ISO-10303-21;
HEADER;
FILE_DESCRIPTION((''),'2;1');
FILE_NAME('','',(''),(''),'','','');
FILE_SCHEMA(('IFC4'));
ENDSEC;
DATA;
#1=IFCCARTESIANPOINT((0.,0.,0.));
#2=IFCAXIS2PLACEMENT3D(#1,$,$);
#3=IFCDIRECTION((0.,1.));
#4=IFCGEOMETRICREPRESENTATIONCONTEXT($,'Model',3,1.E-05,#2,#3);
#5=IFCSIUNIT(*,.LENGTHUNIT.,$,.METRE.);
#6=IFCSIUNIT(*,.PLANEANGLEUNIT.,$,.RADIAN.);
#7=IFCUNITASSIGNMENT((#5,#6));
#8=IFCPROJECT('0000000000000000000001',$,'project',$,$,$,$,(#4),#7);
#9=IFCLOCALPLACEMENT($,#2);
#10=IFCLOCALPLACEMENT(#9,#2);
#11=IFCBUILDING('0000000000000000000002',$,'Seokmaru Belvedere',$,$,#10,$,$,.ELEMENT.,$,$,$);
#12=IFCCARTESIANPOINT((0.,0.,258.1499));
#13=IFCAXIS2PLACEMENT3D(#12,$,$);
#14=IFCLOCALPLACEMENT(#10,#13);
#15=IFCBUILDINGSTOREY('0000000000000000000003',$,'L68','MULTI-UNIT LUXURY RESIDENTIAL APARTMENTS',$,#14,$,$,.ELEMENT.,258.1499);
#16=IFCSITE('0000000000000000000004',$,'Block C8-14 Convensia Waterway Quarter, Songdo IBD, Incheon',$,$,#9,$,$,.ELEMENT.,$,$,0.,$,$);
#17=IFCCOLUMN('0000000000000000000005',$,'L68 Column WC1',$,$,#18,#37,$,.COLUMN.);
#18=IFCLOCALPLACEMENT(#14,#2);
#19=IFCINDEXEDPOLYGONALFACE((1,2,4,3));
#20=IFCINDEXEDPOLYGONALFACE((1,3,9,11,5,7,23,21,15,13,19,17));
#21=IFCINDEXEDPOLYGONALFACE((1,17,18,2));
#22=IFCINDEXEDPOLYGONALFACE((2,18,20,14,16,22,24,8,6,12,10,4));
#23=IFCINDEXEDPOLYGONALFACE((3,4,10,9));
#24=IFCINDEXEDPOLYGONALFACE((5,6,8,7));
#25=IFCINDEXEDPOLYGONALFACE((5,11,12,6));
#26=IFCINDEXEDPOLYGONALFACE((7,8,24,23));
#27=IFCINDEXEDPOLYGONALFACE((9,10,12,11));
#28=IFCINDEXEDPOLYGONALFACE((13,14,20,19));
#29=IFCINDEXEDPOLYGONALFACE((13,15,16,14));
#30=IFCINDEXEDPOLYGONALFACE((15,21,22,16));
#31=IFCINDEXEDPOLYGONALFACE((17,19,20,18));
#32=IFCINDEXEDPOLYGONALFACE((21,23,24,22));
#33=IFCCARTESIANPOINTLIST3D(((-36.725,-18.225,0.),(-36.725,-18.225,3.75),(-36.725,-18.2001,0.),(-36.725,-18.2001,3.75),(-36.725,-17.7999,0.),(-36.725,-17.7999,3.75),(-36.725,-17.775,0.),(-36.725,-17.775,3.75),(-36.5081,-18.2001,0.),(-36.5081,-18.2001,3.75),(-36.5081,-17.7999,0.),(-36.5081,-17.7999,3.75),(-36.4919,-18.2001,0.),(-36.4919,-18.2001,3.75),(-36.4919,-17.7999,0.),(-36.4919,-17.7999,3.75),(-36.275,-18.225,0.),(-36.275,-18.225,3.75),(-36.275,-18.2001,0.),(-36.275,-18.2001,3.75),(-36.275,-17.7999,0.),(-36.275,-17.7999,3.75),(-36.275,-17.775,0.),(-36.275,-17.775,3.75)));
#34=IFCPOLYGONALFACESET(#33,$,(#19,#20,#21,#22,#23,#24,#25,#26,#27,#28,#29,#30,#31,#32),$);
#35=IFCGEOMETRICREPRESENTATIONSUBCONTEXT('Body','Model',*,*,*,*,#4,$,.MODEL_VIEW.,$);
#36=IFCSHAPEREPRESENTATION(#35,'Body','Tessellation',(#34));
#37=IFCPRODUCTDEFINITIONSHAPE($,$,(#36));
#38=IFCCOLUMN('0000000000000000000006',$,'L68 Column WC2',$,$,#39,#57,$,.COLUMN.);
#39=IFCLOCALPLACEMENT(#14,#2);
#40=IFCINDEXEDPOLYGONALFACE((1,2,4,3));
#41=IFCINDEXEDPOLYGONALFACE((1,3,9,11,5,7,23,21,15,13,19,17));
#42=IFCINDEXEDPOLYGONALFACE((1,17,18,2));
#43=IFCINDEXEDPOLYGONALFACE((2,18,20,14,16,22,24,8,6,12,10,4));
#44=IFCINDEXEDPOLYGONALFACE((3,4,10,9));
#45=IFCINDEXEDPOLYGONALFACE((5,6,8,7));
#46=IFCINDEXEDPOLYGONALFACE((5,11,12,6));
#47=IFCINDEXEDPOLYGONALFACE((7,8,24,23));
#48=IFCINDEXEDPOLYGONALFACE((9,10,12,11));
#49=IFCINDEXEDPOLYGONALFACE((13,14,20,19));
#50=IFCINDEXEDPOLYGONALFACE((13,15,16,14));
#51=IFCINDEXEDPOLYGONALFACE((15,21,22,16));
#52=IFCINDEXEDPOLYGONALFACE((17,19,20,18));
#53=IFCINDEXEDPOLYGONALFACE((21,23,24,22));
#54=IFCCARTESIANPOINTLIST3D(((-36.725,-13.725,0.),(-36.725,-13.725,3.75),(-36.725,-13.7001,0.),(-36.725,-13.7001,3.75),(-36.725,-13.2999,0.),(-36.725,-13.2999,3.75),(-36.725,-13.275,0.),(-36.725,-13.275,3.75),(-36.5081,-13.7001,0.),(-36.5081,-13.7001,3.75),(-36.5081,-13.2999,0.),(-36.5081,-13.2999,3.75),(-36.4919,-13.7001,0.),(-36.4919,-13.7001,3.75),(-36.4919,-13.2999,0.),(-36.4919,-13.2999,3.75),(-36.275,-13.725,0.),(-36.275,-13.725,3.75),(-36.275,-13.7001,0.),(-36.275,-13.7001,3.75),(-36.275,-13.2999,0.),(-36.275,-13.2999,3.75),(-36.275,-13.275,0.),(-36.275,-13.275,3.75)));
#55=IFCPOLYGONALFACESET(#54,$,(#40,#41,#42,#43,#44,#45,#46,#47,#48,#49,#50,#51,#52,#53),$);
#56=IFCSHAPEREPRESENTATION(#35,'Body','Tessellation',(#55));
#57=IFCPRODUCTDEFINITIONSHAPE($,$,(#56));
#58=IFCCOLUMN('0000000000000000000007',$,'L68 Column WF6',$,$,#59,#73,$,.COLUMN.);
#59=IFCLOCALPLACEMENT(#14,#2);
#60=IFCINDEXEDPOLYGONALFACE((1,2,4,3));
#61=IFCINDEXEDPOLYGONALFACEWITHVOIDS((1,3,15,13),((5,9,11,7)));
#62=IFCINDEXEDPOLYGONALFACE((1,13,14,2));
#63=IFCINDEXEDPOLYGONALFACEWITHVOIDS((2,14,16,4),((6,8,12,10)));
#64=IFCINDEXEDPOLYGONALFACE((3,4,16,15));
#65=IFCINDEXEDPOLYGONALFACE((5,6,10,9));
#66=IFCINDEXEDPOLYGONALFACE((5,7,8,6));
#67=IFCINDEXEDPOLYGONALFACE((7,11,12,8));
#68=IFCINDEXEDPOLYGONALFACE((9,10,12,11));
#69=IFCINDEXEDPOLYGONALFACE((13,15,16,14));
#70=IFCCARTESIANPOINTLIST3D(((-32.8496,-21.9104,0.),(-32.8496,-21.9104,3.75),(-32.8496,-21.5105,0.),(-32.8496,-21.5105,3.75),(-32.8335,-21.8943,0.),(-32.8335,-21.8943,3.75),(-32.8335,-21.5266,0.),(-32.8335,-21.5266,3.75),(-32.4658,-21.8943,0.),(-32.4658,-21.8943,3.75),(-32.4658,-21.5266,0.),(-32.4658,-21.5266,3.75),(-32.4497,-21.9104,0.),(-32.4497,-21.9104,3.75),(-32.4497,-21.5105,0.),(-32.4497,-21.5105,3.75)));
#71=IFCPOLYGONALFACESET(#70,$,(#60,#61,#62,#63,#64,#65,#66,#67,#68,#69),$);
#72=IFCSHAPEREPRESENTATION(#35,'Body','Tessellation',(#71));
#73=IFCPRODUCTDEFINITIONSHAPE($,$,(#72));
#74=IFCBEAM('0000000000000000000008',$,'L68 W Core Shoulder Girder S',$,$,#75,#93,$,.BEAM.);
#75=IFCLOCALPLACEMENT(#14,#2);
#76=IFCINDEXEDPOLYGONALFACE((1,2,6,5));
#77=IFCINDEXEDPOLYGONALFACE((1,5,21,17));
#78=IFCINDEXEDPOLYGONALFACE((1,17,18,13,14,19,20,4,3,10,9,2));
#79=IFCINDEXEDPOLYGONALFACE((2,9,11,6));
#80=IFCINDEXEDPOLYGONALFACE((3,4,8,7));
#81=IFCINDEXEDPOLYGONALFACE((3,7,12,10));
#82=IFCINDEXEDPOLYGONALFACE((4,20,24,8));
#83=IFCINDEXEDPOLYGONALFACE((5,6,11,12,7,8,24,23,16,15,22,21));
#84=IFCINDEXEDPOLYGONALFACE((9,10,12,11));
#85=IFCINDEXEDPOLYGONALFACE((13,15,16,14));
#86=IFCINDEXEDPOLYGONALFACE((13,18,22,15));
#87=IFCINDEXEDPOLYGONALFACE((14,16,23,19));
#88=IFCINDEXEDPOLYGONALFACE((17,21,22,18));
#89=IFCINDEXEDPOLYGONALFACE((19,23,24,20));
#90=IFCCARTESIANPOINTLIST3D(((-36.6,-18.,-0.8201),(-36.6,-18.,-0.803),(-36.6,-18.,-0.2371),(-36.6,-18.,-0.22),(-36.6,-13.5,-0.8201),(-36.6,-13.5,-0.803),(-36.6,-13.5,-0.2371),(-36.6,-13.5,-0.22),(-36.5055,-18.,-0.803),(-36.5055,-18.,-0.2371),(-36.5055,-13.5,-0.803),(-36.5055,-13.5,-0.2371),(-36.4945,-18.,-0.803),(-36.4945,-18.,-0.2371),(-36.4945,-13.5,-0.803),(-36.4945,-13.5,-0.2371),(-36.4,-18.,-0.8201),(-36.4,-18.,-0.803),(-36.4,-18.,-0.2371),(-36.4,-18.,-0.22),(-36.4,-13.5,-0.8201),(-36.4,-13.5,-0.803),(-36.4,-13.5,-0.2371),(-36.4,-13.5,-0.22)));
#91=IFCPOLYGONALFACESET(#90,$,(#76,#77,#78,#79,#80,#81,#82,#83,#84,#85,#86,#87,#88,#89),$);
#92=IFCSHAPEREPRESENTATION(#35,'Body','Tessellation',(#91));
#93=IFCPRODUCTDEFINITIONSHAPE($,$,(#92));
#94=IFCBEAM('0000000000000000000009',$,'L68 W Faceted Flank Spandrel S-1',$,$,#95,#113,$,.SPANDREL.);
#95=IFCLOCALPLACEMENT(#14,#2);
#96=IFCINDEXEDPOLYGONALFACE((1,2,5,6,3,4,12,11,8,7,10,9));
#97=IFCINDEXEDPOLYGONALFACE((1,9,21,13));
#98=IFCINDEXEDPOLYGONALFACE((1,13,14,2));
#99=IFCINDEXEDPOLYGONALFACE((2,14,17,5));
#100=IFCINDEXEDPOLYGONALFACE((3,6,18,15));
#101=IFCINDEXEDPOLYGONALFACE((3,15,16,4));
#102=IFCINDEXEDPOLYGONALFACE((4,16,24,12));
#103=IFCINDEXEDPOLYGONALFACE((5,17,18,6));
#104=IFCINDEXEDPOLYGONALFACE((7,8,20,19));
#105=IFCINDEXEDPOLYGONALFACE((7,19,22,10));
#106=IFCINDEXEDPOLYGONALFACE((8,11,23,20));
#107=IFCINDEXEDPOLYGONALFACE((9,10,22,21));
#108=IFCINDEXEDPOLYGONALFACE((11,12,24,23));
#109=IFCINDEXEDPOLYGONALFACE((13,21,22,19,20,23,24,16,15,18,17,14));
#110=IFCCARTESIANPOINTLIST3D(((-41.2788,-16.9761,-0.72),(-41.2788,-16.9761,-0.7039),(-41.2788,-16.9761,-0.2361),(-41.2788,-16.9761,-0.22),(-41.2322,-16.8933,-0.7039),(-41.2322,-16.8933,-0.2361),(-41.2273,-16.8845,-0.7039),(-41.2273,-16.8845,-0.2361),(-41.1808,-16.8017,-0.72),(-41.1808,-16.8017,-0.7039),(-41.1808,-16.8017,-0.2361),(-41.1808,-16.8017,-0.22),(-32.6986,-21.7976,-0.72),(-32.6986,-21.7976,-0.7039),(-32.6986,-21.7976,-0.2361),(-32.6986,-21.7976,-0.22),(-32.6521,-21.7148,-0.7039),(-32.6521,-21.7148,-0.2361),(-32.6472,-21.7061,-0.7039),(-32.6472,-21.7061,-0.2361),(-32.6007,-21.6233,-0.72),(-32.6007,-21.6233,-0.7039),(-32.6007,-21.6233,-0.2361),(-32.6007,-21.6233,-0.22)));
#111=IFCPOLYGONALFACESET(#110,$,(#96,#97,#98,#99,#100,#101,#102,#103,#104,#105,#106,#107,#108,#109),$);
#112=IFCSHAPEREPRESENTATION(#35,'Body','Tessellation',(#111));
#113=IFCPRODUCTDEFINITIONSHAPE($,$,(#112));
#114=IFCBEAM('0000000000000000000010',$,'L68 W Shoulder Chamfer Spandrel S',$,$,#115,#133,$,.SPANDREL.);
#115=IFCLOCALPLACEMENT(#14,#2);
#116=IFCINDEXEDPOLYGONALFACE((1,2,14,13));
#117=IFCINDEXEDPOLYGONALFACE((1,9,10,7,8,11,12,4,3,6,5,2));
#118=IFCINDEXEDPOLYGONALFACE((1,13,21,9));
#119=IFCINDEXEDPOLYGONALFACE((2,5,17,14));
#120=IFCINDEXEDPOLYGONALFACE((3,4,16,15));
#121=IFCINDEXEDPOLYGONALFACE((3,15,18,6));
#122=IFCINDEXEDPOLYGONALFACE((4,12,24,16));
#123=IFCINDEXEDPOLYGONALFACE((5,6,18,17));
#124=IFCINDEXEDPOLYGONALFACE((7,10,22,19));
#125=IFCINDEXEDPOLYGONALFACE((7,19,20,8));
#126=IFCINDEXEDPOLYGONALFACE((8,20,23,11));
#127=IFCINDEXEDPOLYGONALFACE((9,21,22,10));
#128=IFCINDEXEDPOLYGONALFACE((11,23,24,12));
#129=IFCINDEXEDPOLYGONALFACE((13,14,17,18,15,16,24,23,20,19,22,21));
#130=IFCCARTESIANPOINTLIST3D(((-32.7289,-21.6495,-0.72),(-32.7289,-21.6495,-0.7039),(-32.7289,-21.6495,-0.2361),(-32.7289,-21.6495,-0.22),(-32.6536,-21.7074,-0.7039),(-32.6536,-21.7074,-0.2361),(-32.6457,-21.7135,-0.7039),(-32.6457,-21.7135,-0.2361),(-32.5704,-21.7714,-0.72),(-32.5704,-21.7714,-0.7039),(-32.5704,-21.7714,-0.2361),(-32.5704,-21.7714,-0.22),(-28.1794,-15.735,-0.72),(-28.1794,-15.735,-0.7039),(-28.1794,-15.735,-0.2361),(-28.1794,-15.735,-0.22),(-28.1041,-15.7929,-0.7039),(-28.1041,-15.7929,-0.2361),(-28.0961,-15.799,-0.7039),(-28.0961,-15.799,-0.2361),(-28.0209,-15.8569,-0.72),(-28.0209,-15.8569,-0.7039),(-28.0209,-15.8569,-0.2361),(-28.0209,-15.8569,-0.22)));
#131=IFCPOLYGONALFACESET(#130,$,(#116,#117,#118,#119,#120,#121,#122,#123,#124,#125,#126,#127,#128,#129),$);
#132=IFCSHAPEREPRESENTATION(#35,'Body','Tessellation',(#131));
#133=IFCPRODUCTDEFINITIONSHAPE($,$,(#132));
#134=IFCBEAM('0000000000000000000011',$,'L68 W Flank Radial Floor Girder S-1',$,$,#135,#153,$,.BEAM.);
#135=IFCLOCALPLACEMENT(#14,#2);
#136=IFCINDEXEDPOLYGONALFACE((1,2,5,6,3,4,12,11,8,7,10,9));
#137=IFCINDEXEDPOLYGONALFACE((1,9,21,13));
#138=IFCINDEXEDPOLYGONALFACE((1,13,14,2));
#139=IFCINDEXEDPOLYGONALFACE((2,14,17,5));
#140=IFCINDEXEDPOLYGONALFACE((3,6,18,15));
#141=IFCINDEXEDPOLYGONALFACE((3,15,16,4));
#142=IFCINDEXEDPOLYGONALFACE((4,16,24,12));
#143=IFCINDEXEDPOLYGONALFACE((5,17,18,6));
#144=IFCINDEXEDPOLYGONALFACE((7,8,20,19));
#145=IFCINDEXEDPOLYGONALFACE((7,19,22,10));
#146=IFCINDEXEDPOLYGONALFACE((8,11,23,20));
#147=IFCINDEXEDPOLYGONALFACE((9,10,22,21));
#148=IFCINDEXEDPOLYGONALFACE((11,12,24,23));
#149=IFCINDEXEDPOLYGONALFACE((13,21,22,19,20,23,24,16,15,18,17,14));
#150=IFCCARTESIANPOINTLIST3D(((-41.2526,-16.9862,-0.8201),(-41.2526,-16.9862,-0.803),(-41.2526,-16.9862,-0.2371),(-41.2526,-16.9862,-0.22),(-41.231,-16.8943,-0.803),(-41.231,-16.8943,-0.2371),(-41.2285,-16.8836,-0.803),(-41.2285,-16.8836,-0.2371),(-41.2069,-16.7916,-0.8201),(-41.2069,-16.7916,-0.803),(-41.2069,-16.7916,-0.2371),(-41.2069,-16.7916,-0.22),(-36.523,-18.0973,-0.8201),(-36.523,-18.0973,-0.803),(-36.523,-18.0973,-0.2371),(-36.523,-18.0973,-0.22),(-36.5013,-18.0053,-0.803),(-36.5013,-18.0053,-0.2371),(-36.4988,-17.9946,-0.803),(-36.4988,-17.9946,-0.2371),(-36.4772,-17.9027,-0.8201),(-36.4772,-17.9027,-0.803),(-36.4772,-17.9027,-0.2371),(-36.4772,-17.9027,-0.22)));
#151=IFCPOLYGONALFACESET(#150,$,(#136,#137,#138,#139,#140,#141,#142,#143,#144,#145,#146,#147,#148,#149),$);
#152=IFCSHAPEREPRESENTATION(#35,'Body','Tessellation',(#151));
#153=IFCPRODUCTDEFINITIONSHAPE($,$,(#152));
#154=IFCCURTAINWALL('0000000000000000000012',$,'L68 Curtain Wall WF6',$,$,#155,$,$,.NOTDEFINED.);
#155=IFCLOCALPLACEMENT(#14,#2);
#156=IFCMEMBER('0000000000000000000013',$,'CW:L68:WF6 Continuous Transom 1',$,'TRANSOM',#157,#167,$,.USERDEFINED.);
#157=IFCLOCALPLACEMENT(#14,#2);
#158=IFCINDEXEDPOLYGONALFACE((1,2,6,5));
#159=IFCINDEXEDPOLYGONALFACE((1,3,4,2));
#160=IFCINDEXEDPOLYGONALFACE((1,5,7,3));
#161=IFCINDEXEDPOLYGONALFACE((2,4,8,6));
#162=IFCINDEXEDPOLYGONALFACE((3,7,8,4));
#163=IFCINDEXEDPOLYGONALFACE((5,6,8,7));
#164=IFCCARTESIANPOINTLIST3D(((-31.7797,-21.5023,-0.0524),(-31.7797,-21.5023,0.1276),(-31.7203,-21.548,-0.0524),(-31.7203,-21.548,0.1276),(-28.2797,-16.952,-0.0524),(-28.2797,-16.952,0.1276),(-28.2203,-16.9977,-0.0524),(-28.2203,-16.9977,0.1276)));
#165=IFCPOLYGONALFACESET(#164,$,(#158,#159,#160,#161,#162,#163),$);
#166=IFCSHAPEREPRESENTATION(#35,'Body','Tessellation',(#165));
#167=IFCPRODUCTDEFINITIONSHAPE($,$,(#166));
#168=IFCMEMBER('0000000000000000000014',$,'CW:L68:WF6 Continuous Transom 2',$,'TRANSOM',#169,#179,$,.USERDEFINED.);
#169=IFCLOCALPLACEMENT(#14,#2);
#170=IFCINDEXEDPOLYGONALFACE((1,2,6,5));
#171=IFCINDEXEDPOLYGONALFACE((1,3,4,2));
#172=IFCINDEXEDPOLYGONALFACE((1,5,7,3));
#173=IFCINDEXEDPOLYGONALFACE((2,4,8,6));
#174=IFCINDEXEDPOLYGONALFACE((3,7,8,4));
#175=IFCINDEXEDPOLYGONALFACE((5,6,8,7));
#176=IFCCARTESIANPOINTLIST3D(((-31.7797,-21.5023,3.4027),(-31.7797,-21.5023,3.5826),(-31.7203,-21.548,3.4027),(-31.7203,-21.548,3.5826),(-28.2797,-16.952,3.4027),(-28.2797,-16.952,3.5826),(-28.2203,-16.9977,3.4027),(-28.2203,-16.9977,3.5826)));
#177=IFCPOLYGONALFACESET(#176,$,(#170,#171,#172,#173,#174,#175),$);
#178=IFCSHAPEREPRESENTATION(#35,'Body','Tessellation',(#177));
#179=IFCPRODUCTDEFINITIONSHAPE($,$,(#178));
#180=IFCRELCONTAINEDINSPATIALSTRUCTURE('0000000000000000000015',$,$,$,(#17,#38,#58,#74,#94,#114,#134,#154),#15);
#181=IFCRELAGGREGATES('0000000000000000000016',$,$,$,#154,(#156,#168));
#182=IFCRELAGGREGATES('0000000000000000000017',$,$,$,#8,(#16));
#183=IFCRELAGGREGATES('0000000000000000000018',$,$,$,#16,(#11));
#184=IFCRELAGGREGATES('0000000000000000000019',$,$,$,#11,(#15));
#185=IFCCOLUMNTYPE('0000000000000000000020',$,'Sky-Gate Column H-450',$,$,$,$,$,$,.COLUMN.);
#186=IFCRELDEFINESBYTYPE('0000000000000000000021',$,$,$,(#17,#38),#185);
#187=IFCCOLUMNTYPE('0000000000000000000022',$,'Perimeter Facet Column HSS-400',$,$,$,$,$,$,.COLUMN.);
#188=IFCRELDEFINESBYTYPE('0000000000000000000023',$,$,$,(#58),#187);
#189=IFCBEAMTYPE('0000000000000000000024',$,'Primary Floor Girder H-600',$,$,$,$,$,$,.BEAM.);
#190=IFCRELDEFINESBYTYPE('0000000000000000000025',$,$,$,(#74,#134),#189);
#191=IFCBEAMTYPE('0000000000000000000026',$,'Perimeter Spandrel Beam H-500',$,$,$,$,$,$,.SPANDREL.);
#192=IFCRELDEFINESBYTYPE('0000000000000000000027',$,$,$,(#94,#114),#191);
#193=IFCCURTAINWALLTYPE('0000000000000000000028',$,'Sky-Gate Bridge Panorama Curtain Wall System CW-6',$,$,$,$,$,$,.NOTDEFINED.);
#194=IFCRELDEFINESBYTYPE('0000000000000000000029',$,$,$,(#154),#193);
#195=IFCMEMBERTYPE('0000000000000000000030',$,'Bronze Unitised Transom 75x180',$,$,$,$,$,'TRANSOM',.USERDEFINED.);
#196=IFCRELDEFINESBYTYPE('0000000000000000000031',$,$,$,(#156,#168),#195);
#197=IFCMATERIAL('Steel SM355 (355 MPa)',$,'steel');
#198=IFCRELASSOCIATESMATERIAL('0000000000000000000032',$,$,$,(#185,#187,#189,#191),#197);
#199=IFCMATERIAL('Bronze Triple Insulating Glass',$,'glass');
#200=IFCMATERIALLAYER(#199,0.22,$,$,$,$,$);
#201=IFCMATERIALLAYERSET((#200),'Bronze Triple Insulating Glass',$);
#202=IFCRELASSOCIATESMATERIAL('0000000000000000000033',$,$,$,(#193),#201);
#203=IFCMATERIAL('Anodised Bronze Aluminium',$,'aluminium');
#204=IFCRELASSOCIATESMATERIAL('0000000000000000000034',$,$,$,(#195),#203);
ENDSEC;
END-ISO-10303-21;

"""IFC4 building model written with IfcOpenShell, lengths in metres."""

from ifc_helpers import new_model, si_unit, direction, frame, origin, origin_2d, place, context, subcontext, project, spatial, rectangle, hollow_rectangle, i_section, extrude, source, transform, mapped, material, layer, layer_set, material_profile, profile_set, type_object, type_shapes, element, aggregate, save


model = new_model("IFC4")

# Units and contexts
model_context = context("Model", 3, precision=1e-05, world=origin(), true_north=direction((0.0, 1.0)))
body_context = subcontext(model_context, "Body", "Model", "MODEL_VIEW")
ifc_project = project(units=[si_unit("LENGTHUNIT", "METRE"), si_unit("PLANEANGLEUNIT", "RADIAN")], contexts=[model_context])

# Site, building, storey
site_placement = place(None, origin())
site = spatial("IfcSite", under=ifc_project, at=site_placement, Name="Block C8-14 Convensia Waterway Quarter, Songdo IBD, Incheon", CompositionType="ELEMENT", RefElevation=0.0)
building_placement = place(site_placement, origin())
building = spatial("IfcBuilding", under=site, at=building_placement, Name="Seokmaru Belvedere", CompositionType="ELEMENT")
storey_placement = place(building_placement, frame((0.0, 0.0, 258.1499)))
storey = spatial("IfcBuildingStorey", under=building, at=storey_placement, Name="L68", Description="MULTI-UNIT LUXURY RESIDENTIAL APARTMENTS", CompositionType="ELEMENT", Elevation=258.1499)

# Columns
ifc_material_1 = material(Name="Steel SM355 (355 MPa)", Category="steel")
ifc_material_profile_1 = material_profile(ifc_material_1, i_section(OverallWidth=0.45, OverallDepth=0.45, WebThickness=0.0161, FlangeThickness=0.0249, at=origin_2d()), Name="H-450x450x16x25")
ifc_profile_set_1 = profile_set([ifc_material_profile_1], Name="Steel SM355 (355 MPa)")
column_type_1 = type_object("IfcColumnType", Name="Sky-Gate Column H-450", PredefinedType="COLUMN", material=ifc_profile_set_1)
shared_shape_1 = source(origin(), body_context, "Body", "SweptSolid", [
    extrude(i_section(OverallWidth=0.45, OverallDepth=0.45, WebThickness=0.0161, FlangeThickness=0.0249, at=origin_2d()), origin(), (0.0, 0.0, 1.0), 3.75),
])
type_shapes(column_type_1, [shared_shape_1])
for number, where, z_axis, x_axis, name in (
    (1, (-36.5, -18.0, 0.0), (0.0, 0.0, 1.0), (1.0, 0.0, 0.0), "L68 Column WC1"),
    (2, (-36.5, -13.5, 0.0), (0.0, 0.0, 1.0), (1.0, 0.0, 0.0), "L68 Column WC2"),
):
    element("IfcColumn", number, at=place(storey_placement, frame(where, z_axis=z_axis, x_axis=x_axis)), inside=storey, type_object=column_type_1, Name=name, PredefinedType="COLUMN", context=body_context, shape_type="MappedRepresentation", body=[
        mapped(shared_shape_1, transform((0.0, 0.0, 0.0), scale=1.0)),
    ])
ifc_material_profile_2 = material_profile(ifc_material_1, hollow_rectangle(XDim=0.3999, YDim=0.3999, WallThickness=0.0161, at=origin_2d()), Name="HSS-400x400x16")
ifc_profile_set_2 = profile_set([ifc_material_profile_2], Name="Steel SM355 (355 MPa)")
column_type_2 = type_object("IfcColumnType", Name="Perimeter Facet Column HSS-400", PredefinedType="COLUMN", material=ifc_profile_set_2)
shared_shape_2 = source(origin(), body_context, "Body", "SweptSolid", [
    extrude(hollow_rectangle(XDim=0.3999, YDim=0.3999, WallThickness=0.0161, at=origin_2d()), origin(), (0.0, 0.0, 1.0), 3.75),
])
type_shapes(column_type_2, [shared_shape_2])
column_placement = place(storey_placement, frame((-32.6497, -21.7104, 0.0), z_axis=(0.0, 0.0, 1.0), x_axis=(1.0, 0.0, 0.0)))
element("IfcColumn", 3, at=column_placement, inside=storey, type_object=column_type_2, Name="L68 Column WF6", PredefinedType="COLUMN", context=body_context, shape_type="MappedRepresentation", body=[
    mapped(shared_shape_2, transform((0.0, 0.0, 0.0), scale=1.0)),
])

# Beams
ifc_material_profile_3 = material_profile(ifc_material_1, i_section(OverallWidth=0.2, OverallDepth=0.6001, WebThickness=0.011, FlangeThickness=0.0171, at=origin_2d()), Name="H-600x200x11x17")
ifc_profile_set_3 = profile_set([ifc_material_profile_3], Name="Steel SM355 (355 MPa)")
beam_type_1 = type_object("IfcBeamType", Name="Primary Floor Girder H-600", PredefinedType="BEAM", material=ifc_profile_set_3)
shared_shape_3 = source(origin(), body_context, "Body", "SweptSolid", [
    extrude(i_section(OverallWidth=0.2, OverallDepth=0.6001, WebThickness=0.011, FlangeThickness=0.0171, at=origin_2d()), origin(), (0.0, 0.0, 1.0), 4.5),
])
beam_1_placement = place(storey_placement, frame((-36.5, -18.0, -0.52), z_axis=(0.0, 1.0, 0.0), x_axis=(-1.0, 0.0, 0.0)))
element("IfcBeam", 4, at=beam_1_placement, inside=storey, type_object=beam_type_1, Name="L68 W Core Shoulder Girder S", PredefinedType="BEAM", context=body_context, shape_type="MappedRepresentation", body=[
    mapped(shared_shape_3, transform((0.0, 0.0, 0.0), scale=1.0)),
])
ifc_material_profile_4 = material_profile(ifc_material_1, i_section(OverallWidth=0.2, OverallDepth=0.5, WebThickness=0.01, FlangeThickness=0.0161, at=origin_2d()), Name="H-500x200x10x16")
ifc_profile_set_4 = profile_set([ifc_material_profile_4], Name="Steel SM355 (355 MPa)")
beam_type_2 = type_object("IfcBeamType", Name="Perimeter Spandrel Beam H-500", PredefinedType="SPANDREL", material=ifc_profile_set_4)
shared_shape_4 = source(origin(), body_context, "Body", "SweptSolid", [
    extrude(i_section(OverallWidth=0.2, OverallDepth=0.5, WebThickness=0.01, FlangeThickness=0.0161, at=origin_2d()), origin(), (0.0, 0.0, 1.0), 9.842),
])
beam_2_placement = place(storey_placement, frame((-32.6497, -21.7104, -0.47), z_axis=(-0.871782, 0.489894, 0.0), x_axis=(-0.489894, -0.871782, 0.0)))
element("IfcBeam", 5, at=beam_2_placement, inside=storey, type_object=beam_type_2, Name="L68 W Faceted Flank Spandrel S-1", PredefinedType="SPANDREL", context=body_context, shape_type="MappedRepresentation", body=[
    mapped(shared_shape_4, transform((0.0, 0.0, 0.0), scale=1.0)),
])
shared_shape_5 = source(origin(), body_context, "Body", "SweptSolid", [
    extrude(i_section(OverallWidth=0.2, OverallDepth=0.5, WebThickness=0.01, FlangeThickness=0.0161, at=origin_2d()), origin(), (0.0, 0.0, 1.0), 7.4619),
])
type_shapes(beam_type_2, [shared_shape_4, shared_shape_5])
beam_3_placement = place(storey_placement, frame((-32.6497, -21.7104, -0.47), z_axis=(0.609703, 0.79263, 0.0), x_axis=(-0.79263, 0.609703, 0.0)))
element("IfcBeam", 6, at=beam_3_placement, inside=storey, type_object=beam_type_2, Name="L68 W Shoulder Chamfer Spandrel S", PredefinedType="SPANDREL", context=body_context, shape_type="MappedRepresentation", body=[
    mapped(shared_shape_5, transform((0.0, 0.0, 0.0), scale=1.0)),
])
shared_shape_6 = source(origin(), body_context, "Body", "SweptSolid", [
    extrude(i_section(OverallWidth=0.2, OverallDepth=0.6001, WebThickness=0.011, FlangeThickness=0.0171, at=origin_2d()), origin(), (0.0, 0.0, 1.0), 4.8584),
])
type_shapes(beam_type_1, [shared_shape_3, shared_shape_6])
beam_4_placement = place(storey_placement, frame((-41.2297, -16.8889, -0.52), z_axis=(0.973499, -0.228689, 0.0), x_axis=(0.228689, 0.973499, 0.0)))
element("IfcBeam", 7, at=beam_4_placement, inside=storey, type_object=beam_type_1, Name="L68 W Flank Radial Floor Girder S-1", PredefinedType="BEAM", context=body_context, shape_type="MappedRepresentation", body=[
    mapped(shared_shape_6, transform((0.0, 0.0, 0.0), scale=1.0)),
])

# Curtain wall, members
ifc_material_2 = material(Name="Bronze Triple Insulating Glass", Category="glass")
ifc_layer_1 = layer(ifc_material_2, 0.22)
ifc_layer_set_1 = layer_set([ifc_layer_1], Name="Bronze Triple Insulating Glass")
curtain_wall_type = type_object("IfcCurtainWallType", Name="Sky-Gate Bridge Panorama Curtain Wall System CW-6", PredefinedType="NOTDEFINED", material=ifc_layer_set_1)
curtain_wall_1_placement = place(storey_placement, origin())
curtain_wall_1 = element("IfcCurtainWall", 8, at=curtain_wall_1_placement, inside=storey, type_object=curtain_wall_type, Name="L68 Curtain Wall WF6", PredefinedType="NOTDEFINED")
ifc_material_3 = material(Name="Anodised Bronze Aluminium", Category="aluminium")
ifc_material_profile_5 = material_profile(ifc_material_3, rectangle(XDim=0.075, YDim=0.1799, at=origin_2d()), Name="CW-T-75x180")
ifc_profile_set_5 = profile_set([ifc_material_profile_5], Name="Anodised Bronze Aluminium")
member_type_1 = type_object("IfcMemberType", Name="Bronze Unitised Transom 75x180", ElementType="TRANSOM", PredefinedType="USERDEFINED", material=ifc_profile_set_5)
shared_shape_7 = source(origin(), body_context, "Body", "SweptSolid", [
    extrude(rectangle(XDim=0.075, YDim=0.1799, at=origin_2d()), origin(), (0.0, 0.0, 1.0), 5.7407),
])
type_shapes(member_type_1, [shared_shape_7])
member_1_placement = place(storey_placement, frame((-31.75, -21.5251, 0.0376), z_axis=(0.609686, 0.792643, 0.0), x_axis=(-0.792643, 0.609686, 0.0)))
member_1 = element("IfcMember", 9, at=member_1_placement, type_object=member_type_1, Name="CW:L68:WF6 Continuous Transom 1", ObjectType="TRANSOM", PredefinedType="USERDEFINED", context=body_context, shape_type="MappedRepresentation", body=[
    mapped(shared_shape_7, transform((0.0, 0.0, 0.0), scale=1.0)),
])
member_2_placement = place(storey_placement, frame((-31.75, -21.5251, 3.4927), z_axis=(0.609686, 0.792643, 0.0), x_axis=(-0.792643, 0.609686, 0.0)))
member_2 = element("IfcMember", 10, at=member_2_placement, type_object=member_type_1, Name="CW:L68:WF6 Continuous Transom 2", ObjectType="TRANSOM", PredefinedType="USERDEFINED", context=body_context, shape_type="MappedRepresentation", body=[
    mapped(shared_shape_7, transform((0.0, 0.0, 0.0), scale=1.0)),
])

aggregate(curtain_wall_1, [member_1, member_2])

save(model, "model.ifc")
